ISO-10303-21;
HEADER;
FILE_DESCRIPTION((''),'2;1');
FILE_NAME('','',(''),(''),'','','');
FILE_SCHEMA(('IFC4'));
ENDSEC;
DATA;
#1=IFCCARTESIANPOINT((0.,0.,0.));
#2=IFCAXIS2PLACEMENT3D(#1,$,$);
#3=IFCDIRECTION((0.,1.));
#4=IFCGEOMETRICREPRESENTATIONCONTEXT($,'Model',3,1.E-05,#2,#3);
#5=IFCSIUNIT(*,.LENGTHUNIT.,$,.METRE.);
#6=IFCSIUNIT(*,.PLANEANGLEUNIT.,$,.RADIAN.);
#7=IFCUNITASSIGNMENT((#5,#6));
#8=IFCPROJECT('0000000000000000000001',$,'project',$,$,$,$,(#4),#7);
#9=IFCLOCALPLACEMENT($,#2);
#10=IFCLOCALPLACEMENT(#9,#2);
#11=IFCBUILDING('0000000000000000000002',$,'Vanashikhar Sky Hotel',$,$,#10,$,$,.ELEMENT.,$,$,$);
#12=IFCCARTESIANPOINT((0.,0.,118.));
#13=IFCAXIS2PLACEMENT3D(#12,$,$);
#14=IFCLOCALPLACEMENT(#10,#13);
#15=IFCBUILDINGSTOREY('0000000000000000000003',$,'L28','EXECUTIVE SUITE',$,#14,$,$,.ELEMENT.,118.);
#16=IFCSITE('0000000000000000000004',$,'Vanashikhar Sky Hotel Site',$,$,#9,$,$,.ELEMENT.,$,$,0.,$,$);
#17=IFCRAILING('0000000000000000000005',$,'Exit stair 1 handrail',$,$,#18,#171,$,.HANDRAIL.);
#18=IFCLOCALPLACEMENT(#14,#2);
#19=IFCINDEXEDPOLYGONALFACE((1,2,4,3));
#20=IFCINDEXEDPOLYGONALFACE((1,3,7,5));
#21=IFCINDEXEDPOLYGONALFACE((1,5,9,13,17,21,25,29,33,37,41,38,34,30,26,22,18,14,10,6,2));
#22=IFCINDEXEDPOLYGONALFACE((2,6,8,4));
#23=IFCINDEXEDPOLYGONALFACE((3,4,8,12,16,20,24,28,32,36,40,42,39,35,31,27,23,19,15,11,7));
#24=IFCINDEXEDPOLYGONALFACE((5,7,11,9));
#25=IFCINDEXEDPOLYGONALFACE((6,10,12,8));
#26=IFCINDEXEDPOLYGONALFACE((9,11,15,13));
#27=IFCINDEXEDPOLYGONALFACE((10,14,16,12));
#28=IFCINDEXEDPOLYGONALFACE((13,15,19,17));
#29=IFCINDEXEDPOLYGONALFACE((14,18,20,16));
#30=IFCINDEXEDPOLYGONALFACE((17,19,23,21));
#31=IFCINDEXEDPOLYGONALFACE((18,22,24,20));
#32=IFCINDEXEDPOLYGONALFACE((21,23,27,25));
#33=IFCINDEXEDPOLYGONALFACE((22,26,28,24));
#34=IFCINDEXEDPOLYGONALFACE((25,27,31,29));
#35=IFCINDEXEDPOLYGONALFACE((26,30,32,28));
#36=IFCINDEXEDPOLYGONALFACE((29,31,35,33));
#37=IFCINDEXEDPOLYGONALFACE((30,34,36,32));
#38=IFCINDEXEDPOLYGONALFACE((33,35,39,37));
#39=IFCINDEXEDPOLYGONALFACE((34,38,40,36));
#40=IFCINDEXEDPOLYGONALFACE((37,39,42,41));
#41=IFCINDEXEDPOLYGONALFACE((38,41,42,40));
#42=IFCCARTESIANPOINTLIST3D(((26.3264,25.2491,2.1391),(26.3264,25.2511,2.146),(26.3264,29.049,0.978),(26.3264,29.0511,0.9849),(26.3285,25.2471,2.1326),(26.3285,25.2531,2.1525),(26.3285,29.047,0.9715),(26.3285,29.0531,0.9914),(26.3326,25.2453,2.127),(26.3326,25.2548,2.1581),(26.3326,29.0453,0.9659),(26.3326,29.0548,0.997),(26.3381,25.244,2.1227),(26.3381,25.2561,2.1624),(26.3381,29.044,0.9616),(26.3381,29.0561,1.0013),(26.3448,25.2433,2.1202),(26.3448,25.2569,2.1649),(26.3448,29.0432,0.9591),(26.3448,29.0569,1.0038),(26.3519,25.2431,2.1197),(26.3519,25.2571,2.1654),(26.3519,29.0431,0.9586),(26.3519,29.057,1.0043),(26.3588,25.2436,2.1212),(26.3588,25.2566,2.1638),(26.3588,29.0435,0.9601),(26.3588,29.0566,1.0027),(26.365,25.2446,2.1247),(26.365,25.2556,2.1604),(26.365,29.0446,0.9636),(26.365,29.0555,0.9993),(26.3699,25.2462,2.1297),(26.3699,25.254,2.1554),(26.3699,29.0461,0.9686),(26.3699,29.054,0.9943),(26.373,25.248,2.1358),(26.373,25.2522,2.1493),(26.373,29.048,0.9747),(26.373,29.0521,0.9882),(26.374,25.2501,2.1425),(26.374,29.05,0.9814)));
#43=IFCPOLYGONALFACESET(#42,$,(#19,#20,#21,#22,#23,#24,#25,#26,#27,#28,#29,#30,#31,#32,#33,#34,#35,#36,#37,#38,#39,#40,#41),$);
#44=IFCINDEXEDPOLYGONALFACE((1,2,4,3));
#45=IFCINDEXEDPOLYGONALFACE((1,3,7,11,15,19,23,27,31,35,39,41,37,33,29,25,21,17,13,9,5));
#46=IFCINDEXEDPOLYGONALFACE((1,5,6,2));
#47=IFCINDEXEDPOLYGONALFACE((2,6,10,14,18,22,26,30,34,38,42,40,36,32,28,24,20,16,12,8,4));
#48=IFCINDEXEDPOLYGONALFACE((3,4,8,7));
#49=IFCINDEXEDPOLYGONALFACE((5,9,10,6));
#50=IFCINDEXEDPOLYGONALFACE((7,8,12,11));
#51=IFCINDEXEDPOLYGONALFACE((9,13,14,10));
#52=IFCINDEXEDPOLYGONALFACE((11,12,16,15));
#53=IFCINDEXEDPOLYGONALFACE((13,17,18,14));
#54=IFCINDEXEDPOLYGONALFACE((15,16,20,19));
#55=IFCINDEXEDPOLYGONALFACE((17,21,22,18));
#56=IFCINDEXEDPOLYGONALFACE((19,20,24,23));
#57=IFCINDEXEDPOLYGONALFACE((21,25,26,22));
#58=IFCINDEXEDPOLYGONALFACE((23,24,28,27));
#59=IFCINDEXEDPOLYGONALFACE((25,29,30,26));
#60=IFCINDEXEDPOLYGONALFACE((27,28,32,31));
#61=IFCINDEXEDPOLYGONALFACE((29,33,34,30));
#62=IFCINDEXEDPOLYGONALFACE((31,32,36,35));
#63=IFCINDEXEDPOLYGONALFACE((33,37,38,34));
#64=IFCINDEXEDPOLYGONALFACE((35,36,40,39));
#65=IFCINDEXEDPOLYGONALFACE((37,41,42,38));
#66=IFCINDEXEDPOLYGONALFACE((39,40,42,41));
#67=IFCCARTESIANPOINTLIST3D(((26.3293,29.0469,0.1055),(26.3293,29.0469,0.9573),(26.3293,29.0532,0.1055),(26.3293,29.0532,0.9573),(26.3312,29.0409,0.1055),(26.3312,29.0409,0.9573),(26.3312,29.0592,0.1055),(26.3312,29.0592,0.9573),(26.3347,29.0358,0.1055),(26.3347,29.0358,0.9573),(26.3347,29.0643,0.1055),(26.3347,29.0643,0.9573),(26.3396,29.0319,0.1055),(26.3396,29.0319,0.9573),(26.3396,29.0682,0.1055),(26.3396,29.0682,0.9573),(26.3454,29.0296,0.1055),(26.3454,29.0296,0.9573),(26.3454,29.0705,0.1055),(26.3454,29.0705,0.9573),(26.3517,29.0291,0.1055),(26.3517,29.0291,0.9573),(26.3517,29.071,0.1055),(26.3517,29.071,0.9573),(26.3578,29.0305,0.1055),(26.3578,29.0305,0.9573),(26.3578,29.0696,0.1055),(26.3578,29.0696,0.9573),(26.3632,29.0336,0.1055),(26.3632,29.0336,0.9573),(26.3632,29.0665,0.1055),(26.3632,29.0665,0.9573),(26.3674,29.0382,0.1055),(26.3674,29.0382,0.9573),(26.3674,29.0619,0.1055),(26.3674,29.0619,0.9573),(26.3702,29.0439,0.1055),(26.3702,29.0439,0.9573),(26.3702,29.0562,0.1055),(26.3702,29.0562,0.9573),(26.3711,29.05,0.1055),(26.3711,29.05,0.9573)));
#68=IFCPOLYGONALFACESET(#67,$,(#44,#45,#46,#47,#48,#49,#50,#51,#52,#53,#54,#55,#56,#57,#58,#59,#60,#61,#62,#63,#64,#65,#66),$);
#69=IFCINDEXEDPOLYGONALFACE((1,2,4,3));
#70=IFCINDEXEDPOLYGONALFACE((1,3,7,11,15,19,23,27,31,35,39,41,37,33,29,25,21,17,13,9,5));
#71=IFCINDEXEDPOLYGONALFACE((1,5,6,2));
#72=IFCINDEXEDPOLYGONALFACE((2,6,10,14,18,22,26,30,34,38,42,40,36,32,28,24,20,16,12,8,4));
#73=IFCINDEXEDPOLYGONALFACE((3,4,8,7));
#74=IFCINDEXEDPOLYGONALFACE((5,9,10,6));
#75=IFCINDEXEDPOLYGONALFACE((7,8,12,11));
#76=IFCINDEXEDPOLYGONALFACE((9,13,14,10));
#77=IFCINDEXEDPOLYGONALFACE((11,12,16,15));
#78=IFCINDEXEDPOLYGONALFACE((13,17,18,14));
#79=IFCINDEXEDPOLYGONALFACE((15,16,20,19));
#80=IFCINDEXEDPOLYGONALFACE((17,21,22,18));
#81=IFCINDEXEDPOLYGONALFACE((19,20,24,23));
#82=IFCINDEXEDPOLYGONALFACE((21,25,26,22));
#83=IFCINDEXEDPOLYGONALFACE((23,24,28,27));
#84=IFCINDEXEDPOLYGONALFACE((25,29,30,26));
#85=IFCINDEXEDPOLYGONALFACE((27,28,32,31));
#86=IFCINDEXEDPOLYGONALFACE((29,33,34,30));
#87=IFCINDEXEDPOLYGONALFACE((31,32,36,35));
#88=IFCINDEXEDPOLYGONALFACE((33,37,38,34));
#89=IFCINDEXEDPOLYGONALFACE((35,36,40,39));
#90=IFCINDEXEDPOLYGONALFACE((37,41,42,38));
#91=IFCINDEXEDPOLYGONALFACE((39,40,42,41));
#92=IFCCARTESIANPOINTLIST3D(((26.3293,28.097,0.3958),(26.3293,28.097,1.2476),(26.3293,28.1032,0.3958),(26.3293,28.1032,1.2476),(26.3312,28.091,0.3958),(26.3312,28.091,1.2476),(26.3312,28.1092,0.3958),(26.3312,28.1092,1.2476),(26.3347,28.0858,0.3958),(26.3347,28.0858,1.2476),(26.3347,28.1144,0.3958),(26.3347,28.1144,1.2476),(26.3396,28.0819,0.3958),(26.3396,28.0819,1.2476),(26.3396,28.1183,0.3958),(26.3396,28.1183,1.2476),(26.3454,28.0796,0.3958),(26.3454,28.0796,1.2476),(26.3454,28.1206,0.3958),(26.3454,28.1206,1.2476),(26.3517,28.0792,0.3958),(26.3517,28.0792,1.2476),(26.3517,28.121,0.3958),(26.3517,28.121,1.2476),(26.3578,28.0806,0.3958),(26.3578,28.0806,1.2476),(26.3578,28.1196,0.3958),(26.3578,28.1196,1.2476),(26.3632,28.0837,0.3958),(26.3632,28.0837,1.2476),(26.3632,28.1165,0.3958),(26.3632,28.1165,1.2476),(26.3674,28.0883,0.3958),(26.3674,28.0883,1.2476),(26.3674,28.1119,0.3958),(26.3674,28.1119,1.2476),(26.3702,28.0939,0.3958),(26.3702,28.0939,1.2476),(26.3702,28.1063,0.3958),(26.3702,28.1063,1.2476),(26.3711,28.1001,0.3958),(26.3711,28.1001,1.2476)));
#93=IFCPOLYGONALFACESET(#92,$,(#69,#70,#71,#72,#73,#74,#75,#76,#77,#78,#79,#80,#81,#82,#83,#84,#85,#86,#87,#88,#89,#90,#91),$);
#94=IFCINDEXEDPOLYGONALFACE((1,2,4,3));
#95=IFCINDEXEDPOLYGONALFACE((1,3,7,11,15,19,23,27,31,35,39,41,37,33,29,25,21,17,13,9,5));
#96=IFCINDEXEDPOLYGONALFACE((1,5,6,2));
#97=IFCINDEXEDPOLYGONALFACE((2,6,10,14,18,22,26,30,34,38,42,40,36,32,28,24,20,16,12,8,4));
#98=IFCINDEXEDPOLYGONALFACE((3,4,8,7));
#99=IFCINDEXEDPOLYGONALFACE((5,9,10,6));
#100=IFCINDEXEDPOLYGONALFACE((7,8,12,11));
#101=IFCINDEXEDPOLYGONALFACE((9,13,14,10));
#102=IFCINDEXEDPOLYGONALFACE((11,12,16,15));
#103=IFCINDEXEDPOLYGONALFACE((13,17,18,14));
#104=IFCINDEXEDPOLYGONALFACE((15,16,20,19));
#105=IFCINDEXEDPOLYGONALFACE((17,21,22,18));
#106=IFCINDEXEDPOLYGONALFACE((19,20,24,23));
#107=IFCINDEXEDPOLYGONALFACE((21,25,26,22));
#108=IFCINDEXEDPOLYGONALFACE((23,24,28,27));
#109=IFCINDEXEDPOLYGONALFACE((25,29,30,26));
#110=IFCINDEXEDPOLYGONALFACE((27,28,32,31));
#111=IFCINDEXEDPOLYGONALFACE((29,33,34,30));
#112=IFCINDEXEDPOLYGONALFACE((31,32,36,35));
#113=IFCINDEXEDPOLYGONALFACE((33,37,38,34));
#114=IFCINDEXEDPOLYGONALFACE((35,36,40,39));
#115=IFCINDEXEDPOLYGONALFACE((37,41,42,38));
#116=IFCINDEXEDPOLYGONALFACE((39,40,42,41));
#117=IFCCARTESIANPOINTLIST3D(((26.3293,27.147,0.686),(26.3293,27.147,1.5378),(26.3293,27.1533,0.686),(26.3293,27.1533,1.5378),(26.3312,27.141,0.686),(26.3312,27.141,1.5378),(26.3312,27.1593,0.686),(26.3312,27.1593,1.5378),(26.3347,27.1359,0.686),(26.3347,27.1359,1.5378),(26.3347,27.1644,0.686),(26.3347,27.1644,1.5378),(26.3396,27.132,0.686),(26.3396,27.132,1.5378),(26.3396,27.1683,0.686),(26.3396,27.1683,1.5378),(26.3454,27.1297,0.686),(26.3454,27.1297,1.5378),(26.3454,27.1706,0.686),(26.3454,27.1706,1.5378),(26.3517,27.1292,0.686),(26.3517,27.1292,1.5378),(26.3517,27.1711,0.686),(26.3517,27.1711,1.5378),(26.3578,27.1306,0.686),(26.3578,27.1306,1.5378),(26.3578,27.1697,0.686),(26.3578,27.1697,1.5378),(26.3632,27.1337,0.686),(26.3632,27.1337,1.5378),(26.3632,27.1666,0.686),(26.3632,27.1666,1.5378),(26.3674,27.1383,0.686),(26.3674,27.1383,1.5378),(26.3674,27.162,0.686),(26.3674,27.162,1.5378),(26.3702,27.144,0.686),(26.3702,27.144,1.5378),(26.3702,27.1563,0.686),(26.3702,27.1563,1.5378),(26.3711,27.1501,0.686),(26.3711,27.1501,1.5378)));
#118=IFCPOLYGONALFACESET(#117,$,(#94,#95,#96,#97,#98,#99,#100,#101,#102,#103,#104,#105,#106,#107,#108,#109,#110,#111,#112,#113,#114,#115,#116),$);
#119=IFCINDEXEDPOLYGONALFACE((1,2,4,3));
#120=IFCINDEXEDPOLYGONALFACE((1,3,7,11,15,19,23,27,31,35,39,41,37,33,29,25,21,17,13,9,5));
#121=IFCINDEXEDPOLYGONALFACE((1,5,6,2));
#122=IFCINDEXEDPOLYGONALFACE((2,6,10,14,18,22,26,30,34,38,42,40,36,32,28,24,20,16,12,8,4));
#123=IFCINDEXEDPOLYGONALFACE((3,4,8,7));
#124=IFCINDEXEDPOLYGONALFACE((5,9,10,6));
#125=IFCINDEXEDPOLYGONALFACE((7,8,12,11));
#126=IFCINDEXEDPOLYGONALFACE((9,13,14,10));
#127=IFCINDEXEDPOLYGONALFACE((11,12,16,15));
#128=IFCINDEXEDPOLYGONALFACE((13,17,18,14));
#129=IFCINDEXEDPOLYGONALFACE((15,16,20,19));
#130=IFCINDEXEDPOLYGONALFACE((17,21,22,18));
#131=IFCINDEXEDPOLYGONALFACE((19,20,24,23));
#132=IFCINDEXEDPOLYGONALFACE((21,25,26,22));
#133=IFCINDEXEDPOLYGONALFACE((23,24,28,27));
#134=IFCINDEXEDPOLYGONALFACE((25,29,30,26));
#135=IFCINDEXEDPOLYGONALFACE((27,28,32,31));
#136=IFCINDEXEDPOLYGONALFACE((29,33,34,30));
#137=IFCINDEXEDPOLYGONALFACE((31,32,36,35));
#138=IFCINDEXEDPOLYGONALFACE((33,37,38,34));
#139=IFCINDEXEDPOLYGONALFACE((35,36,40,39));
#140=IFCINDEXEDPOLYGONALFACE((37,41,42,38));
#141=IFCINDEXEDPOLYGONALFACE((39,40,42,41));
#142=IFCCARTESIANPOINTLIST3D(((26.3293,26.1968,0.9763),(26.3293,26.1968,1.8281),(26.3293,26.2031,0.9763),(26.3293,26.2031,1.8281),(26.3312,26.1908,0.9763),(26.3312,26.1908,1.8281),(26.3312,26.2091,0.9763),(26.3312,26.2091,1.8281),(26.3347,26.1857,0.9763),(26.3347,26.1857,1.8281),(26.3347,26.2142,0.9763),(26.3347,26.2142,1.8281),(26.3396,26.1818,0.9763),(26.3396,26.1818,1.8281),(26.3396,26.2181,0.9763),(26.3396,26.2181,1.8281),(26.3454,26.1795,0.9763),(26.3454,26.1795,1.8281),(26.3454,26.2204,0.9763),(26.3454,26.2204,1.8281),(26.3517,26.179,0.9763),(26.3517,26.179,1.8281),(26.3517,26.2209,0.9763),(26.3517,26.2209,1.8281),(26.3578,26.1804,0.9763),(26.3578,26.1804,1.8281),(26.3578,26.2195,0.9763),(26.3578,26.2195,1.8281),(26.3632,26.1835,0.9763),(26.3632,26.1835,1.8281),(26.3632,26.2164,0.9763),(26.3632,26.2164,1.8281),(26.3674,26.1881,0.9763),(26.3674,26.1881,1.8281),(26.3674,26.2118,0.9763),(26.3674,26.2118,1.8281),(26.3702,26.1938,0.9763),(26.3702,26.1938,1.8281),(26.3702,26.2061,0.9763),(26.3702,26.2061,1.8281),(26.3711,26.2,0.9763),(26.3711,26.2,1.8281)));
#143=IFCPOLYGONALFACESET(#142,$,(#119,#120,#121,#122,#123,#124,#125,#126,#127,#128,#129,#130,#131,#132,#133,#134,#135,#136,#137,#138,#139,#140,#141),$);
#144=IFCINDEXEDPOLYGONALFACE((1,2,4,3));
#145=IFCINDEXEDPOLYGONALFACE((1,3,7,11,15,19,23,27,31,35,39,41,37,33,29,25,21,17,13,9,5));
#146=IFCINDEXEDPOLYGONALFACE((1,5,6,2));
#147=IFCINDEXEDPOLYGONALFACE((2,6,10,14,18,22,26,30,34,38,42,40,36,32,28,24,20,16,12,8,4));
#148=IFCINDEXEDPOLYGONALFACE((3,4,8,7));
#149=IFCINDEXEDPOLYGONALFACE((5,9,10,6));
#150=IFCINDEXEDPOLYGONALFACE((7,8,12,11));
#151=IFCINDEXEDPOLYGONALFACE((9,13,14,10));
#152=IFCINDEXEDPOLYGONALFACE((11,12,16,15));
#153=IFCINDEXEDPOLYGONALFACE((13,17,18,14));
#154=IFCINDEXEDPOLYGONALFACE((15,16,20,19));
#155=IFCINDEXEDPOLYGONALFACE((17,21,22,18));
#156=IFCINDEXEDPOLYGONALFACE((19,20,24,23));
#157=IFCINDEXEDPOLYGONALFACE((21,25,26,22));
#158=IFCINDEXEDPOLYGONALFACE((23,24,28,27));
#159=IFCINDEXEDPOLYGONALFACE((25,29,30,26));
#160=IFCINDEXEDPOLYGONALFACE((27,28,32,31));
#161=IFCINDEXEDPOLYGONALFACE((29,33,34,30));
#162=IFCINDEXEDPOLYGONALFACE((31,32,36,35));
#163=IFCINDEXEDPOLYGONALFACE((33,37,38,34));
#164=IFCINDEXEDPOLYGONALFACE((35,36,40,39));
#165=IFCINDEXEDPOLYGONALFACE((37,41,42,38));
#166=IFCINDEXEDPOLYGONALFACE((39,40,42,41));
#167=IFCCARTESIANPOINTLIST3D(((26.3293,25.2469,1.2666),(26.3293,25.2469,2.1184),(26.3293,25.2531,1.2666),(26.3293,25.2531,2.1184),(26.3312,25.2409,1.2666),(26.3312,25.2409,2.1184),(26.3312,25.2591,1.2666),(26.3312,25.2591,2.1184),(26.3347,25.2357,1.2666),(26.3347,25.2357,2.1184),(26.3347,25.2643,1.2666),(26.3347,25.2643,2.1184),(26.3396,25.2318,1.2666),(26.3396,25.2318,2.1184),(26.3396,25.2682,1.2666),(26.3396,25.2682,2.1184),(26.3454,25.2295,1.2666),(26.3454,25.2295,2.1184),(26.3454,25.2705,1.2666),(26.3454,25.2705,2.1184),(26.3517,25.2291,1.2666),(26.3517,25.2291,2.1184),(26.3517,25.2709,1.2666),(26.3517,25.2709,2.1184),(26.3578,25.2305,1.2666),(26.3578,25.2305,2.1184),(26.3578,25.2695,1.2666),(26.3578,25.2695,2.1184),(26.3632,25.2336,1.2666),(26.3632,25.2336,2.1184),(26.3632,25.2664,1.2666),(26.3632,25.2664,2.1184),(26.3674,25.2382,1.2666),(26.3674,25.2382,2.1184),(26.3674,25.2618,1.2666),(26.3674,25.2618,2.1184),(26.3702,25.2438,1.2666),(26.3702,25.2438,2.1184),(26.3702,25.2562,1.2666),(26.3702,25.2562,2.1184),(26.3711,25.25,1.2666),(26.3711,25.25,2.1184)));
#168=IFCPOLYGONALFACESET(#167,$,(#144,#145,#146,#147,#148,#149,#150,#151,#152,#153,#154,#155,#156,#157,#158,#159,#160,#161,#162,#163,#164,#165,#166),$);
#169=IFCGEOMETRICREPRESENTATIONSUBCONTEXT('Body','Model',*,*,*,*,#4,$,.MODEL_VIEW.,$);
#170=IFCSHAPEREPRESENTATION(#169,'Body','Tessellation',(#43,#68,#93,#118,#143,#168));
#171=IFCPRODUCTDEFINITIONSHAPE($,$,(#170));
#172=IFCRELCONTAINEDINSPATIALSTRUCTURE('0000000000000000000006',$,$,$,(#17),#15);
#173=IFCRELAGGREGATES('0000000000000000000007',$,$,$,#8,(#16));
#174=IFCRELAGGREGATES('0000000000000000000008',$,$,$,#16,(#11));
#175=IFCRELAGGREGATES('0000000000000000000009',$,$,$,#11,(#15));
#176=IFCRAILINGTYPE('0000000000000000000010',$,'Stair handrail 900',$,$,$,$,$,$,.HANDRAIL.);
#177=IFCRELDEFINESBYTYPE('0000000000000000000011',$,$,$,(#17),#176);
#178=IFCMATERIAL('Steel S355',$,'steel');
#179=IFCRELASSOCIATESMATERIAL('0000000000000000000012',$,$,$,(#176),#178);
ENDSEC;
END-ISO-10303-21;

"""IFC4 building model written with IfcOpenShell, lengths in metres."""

from ifc_helpers import new_model, si_unit, direction, frame, origin, origin_2d, place, context, subcontext, project, spatial, circle, extrude, source, transform, mapped, material, type_object, element, save


model = new_model("IFC4")

# Units and contexts
model_context = context("Model", 3, precision=1e-05, world=origin(), true_north=direction((0.0, 1.0)))
body_context = subcontext(model_context, "Body", "Model", "MODEL_VIEW")
ifc_project = project(units=[si_unit("LENGTHUNIT", "METRE"), si_unit("PLANEANGLEUNIT", "RADIAN")], contexts=[model_context])

# Site, building, storey
site_placement = place(None, origin())
site = spatial("IfcSite", under=ifc_project, at=site_placement, Name="Vanashikhar Sky Hotel Site", CompositionType="ELEMENT", RefElevation=0.0)
building_placement = place(site_placement, origin())
building = spatial("IfcBuilding", under=site, at=building_placement, Name="Vanashikhar Sky Hotel", CompositionType="ELEMENT")
storey_placement = place(building_placement, frame((0.0, 0.0, 118.0)))
storey = spatial("IfcBuildingStorey", under=building, at=storey_placement, Name="L28", Description="EXECUTIVE SUITE", CompositionType="ELEMENT", Elevation=118.0)

# Railing
ifc_material_1 = material(Name="Steel S355", Category="steel")
railing_type = type_object("IfcRailingType", Name="Stair handrail 900", PredefinedType="HANDRAIL", material=ifc_material_1)
shared_shape_1 = source(origin(), body_context, "Body", "SweptSolid", [
    extrude(circle(Radius=0.0239, at=origin_2d()), frame((0.0, 0.0, 0.876), z_axis=(0.0, -0.956351, 0.29222), x_axis=(1.0, 0.0, 0.0)), (0.0, 0.0, 1.0), 3.9734),
    extrude(circle(Radius=0.021, at=origin_2d()), origin(), (0.0, 0.0, 1.0), 0.8518),
    extrude(circle(Radius=0.021, at=origin_2d()), frame((0.0, -0.95, 0.2903)), (0.0, 0.0, 1.0), 0.8518),
    extrude(circle(Radius=0.021, at=origin_2d()), frame((0.0, -1.8999, 0.5806)), (0.0, 0.0, 1.0), 0.8518),
    extrude(circle(Radius=0.021, at=origin_2d()), frame((0.0, -2.8501, 0.8708)), (0.0, 0.0, 1.0), 0.8518),
    extrude(circle(Radius=0.021, at=origin_2d()), frame((0.0, -3.8, 1.1611)), (0.0, 0.0, 1.0), 0.8518),
])
for number, where, name in (
    (1, (26.3501, 29.05, 0.1055), "Exit stair 1 handrail"),
):
    element("IfcRailing", number, at=place(storey_placement, frame(where)), inside=storey, type_object=railing_type, Name=name, PredefinedType="HANDRAIL", context=body_context, shape_type="MappedRepresentation", body=[
        mapped(shared_shape_1, transform((0.0, 0.0, 0.0), scale=1.0)),
    ])

save(model, "model.ifc")
